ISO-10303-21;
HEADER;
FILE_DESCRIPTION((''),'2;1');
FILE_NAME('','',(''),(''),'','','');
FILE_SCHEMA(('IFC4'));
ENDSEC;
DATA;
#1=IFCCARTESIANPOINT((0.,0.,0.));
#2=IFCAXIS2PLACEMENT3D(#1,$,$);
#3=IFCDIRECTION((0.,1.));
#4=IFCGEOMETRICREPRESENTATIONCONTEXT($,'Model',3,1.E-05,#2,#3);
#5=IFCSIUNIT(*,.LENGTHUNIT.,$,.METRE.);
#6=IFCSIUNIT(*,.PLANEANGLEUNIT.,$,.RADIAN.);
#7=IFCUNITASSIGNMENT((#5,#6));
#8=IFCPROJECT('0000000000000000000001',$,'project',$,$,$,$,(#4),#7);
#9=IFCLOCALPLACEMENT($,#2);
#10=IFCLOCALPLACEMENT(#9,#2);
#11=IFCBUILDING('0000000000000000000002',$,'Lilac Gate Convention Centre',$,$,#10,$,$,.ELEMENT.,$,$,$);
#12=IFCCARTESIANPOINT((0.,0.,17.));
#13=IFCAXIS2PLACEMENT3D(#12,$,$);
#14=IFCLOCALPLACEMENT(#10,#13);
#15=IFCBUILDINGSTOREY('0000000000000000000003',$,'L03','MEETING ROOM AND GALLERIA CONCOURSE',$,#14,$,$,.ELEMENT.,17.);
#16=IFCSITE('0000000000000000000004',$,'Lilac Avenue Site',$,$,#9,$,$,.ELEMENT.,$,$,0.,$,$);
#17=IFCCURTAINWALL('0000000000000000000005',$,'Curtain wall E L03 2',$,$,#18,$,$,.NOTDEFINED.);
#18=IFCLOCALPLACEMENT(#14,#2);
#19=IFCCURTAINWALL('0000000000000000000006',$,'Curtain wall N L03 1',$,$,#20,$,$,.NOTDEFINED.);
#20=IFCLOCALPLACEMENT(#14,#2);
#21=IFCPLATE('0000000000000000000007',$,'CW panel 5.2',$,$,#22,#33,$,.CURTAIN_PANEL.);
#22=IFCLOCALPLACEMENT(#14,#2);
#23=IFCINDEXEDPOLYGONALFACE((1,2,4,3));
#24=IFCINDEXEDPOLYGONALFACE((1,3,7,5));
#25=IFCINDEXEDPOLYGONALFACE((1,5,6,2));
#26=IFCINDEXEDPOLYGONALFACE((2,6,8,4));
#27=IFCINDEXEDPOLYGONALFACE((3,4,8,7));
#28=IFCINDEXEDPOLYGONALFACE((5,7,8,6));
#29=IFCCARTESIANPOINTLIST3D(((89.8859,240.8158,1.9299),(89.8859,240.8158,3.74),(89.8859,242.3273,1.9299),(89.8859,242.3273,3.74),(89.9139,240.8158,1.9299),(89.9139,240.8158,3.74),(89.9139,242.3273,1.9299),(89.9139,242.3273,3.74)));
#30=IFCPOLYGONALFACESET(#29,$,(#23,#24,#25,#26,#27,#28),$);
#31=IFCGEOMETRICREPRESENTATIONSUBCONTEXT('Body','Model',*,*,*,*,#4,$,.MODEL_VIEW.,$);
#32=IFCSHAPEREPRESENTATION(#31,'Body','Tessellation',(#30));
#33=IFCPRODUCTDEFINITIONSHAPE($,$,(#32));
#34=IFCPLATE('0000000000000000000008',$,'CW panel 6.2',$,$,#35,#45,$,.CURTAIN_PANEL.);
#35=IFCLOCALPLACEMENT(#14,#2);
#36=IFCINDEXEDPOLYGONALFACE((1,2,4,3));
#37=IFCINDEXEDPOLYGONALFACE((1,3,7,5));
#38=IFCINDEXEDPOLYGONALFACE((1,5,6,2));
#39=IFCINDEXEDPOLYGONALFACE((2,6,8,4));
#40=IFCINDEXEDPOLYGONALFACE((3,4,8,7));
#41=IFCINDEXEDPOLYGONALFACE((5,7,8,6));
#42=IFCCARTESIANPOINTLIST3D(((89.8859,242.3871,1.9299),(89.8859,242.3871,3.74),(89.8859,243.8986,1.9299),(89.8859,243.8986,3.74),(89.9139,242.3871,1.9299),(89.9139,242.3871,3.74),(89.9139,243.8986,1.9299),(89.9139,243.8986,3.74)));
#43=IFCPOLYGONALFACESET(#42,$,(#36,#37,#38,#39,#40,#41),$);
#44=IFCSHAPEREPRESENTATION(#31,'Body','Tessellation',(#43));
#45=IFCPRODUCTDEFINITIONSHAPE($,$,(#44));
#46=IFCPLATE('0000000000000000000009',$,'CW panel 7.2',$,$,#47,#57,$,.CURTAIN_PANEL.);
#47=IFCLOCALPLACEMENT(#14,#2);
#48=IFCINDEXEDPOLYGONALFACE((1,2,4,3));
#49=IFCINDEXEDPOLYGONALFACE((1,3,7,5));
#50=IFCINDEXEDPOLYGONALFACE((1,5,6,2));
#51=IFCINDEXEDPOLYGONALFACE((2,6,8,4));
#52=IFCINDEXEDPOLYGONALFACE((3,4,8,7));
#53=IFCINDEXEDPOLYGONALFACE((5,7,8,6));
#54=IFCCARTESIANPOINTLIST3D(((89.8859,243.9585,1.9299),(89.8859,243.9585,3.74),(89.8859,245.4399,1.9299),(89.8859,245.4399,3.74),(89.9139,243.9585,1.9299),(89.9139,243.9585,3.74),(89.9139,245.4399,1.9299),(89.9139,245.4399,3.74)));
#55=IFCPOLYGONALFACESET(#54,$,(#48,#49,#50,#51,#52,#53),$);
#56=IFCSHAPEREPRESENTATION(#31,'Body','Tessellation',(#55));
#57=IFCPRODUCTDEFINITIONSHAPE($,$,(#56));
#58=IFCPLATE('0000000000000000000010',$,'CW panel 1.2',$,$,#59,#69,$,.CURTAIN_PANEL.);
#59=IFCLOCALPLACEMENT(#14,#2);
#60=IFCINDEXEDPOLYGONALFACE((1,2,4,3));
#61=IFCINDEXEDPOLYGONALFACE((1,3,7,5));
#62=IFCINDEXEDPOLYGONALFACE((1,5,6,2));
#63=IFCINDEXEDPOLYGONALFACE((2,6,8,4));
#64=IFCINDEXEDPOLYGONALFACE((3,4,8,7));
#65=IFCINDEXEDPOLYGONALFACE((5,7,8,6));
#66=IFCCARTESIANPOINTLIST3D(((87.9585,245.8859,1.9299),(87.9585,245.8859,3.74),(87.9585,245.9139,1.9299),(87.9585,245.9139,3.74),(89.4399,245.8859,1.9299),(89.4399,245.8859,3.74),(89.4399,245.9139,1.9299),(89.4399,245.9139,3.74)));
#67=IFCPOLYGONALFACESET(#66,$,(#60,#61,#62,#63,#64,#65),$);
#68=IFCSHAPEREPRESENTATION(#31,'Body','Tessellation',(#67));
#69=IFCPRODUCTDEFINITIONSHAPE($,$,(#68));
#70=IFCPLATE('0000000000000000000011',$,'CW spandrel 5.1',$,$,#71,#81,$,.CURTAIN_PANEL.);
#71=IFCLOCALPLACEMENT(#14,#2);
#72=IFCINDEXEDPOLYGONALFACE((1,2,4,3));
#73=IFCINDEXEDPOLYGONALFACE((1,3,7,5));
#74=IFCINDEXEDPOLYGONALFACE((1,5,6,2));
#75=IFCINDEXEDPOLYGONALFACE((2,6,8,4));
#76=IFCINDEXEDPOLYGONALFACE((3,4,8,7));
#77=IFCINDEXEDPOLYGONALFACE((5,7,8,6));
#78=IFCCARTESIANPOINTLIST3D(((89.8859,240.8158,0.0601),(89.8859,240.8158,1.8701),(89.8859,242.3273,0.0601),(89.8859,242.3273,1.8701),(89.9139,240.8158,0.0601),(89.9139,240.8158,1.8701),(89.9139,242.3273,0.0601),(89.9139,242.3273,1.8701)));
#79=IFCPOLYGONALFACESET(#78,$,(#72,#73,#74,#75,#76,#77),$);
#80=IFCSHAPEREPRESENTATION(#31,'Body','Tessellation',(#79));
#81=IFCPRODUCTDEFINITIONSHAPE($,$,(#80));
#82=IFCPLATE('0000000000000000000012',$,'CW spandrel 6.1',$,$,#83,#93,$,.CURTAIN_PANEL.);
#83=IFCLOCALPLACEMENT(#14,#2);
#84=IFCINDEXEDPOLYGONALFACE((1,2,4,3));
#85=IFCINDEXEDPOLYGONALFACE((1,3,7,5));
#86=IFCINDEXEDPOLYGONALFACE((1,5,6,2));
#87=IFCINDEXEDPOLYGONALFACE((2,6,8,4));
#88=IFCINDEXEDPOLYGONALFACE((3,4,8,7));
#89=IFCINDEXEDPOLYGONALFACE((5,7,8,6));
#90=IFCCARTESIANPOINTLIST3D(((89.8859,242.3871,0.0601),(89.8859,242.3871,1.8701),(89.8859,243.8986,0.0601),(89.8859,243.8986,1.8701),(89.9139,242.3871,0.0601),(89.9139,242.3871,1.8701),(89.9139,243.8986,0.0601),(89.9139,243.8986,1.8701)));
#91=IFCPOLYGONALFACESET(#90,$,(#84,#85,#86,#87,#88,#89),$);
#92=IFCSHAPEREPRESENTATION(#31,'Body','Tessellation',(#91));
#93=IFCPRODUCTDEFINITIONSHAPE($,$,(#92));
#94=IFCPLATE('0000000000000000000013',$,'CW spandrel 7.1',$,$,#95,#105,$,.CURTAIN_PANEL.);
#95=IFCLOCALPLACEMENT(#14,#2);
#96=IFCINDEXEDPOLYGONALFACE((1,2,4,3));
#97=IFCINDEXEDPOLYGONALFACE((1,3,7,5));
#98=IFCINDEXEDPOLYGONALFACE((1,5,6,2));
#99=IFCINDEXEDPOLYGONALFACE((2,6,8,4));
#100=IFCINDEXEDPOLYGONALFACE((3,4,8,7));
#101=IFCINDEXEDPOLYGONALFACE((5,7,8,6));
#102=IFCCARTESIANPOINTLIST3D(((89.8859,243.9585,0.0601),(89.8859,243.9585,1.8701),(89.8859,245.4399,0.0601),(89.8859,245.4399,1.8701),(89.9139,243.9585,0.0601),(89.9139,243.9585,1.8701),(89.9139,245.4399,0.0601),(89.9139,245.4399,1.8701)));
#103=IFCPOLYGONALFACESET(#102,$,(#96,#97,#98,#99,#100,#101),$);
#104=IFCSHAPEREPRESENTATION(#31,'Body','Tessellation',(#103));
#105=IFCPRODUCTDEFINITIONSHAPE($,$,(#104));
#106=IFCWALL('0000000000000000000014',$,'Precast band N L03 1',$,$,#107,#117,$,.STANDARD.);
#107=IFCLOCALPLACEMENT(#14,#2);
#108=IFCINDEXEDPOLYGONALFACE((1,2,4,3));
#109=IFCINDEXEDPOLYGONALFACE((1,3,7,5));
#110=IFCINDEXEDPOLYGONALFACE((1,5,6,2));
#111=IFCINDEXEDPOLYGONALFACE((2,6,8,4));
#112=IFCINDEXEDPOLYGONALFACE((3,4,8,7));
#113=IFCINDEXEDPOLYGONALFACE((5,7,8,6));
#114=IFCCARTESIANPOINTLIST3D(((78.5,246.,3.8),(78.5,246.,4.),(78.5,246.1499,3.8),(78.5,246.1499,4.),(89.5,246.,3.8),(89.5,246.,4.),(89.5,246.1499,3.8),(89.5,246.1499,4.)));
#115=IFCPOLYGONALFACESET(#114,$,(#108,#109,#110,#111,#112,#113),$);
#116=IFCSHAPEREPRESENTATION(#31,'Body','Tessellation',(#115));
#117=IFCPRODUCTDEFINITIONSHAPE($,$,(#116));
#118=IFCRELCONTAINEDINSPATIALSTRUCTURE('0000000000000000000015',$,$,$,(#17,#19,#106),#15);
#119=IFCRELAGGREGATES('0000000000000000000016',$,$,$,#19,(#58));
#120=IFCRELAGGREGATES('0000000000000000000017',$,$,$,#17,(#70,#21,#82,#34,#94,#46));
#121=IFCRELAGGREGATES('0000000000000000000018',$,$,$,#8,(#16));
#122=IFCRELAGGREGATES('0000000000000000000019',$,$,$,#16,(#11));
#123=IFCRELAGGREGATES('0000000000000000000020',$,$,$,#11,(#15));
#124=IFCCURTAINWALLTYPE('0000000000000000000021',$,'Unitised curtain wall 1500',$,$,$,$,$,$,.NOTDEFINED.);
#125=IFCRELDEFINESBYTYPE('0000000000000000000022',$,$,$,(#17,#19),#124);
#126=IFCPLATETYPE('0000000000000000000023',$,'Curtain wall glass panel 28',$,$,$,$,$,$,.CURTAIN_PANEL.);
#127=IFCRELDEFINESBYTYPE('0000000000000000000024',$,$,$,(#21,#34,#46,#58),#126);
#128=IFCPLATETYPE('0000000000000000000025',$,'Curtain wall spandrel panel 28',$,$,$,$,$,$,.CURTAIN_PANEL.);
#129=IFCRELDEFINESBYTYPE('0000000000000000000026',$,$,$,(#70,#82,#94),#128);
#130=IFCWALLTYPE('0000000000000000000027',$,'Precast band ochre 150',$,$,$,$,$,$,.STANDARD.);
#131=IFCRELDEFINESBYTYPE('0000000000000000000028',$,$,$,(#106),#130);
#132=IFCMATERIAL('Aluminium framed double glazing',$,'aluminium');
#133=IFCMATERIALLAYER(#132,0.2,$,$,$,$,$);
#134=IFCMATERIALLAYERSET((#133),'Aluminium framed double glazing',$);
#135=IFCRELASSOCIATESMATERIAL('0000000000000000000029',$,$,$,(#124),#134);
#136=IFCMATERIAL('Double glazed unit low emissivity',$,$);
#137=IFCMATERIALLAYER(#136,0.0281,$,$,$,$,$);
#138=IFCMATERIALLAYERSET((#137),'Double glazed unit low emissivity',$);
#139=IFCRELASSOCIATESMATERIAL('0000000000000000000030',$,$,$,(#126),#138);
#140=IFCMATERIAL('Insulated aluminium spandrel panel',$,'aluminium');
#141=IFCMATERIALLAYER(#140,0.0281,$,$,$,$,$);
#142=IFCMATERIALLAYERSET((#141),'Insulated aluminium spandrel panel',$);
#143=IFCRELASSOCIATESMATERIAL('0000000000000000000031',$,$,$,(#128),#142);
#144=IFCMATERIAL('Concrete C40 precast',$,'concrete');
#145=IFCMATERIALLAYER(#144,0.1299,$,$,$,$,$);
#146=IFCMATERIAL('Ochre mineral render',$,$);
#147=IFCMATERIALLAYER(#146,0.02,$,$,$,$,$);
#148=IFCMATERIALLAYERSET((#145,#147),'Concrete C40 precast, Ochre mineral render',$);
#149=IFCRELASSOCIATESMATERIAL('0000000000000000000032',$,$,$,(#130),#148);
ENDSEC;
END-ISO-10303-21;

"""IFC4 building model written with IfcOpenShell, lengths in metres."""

from ifc_helpers import new_model, si_unit, direction, frame, frame_2d, origin, origin_2d, place, context, subcontext, project, spatial, rectangle, extrude, material, layer, layer_set, type_object, element, aggregate, save


model = new_model("IFC4")

# Units and contexts
model_context = context("Model", 3, precision=1e-05, world=origin(), true_north=direction((0.0, 1.0)))
body_context = subcontext(model_context, "Body", "Model", "MODEL_VIEW")
ifc_project = project(units=[si_unit("LENGTHUNIT", "METRE"), si_unit("PLANEANGLEUNIT", "RADIAN")], contexts=[model_context])

# Site, building, storey
site_placement = place(None, origin())
site = spatial("IfcSite", under=ifc_project, at=site_placement, Name="Lilac Avenue Site", CompositionType="ELEMENT", RefElevation=0.0)
building_placement = place(site_placement, origin())
building = spatial("IfcBuilding", under=site, at=building_placement, Name="Lilac Gate Convention Centre", CompositionType="ELEMENT")
storey_placement = place(building_placement, frame((0.0, 0.0, 17.0)))
storey = spatial("IfcBuildingStorey", under=building, at=storey_placement, Name="L03", Description="MEETING ROOM AND GALLERIA CONCOURSE", CompositionType="ELEMENT", Elevation=17.0)

# Curtain wall
ifc_material_1 = material(Name="Aluminium framed double glazing", Category="aluminium")
ifc_layer_1 = layer(ifc_material_1, 0.2)
ifc_layer_set_1 = layer_set([ifc_layer_1], Name="Aluminium framed double glazing")
curtain_wall_type = type_object("IfcCurtainWallType", Name="Unitised curtain wall 1500", PredefinedType="NOTDEFINED", material=ifc_layer_set_1)
curtain_wall_1_placement = place(storey_placement, origin())
curtain_wall_1 = element("IfcCurtainWall", 1, at=curtain_wall_1_placement, inside=storey, type_object=curtain_wall_type, Name="Curtain wall E L03 2", PredefinedType="NOTDEFINED")

# Curtain wall
curtain_wall_2_placement = place(storey_placement, origin())
curtain_wall_2 = element("IfcCurtainWall", 2, at=curtain_wall_2_placement, inside=storey, type_object=curtain_wall_type, Name="Curtain wall N L03 1", PredefinedType="NOTDEFINED")

# Plates
ifc_material_2 = material(Name="Double glazed unit low emissivity")
ifc_layer_2 = layer(ifc_material_2, 0.0281)
ifc_layer_set_2 = layer_set([ifc_layer_2], Name="Double glazed unit low emissivity")
plate_type_1 = type_object("IfcPlateType", Name="Curtain wall glass panel 28", PredefinedType="CURTAIN_PANEL", material=ifc_layer_set_2)
plate_1_placement = place(storey_placement, frame((89.8999, 241.5715, 1.9299), z_axis=(0.0, 0.0, 1.0), x_axis=(0.0, 1.0, 0.0)))
plate_1 = element("IfcPlate", 3, at=plate_1_placement, type_object=plate_type_1, Name="CW panel 5.2", PredefinedType="CURTAIN_PANEL", context=body_context, shape_type="SweptSolid", body=[
    extrude(rectangle(XDim=1.5115, YDim=0.0281, at=origin_2d()), origin(), (0.0, 0.0, 1.0), 1.8101),
])
plate_2_placement = place(storey_placement, frame((89.8999, 243.1428, 1.9299), z_axis=(0.0, 0.0, 1.0), x_axis=(0.0, 1.0, 0.0)))
plate_2 = element("IfcPlate", 4, at=plate_2_placement, type_object=plate_type_1, Name="CW panel 6.2", PredefinedType="CURTAIN_PANEL", context=body_context, shape_type="SweptSolid", body=[
    extrude(rectangle(XDim=1.5115, YDim=0.0281, at=origin_2d()), origin(), (0.0, 0.0, 1.0), 1.8101),
])
plate_3_placement = place(storey_placement, frame((89.8999, 244.6992, 1.9299), z_axis=(0.0, 0.0, 1.0), x_axis=(0.0, 1.0, 0.0)))
plate_3 = element("IfcPlate", 5, at=plate_3_placement, type_object=plate_type_1, Name="CW panel 7.2", PredefinedType="CURTAIN_PANEL", context=body_context, shape_type="SweptSolid", body=[
    extrude(rectangle(XDim=1.4814, YDim=0.0281, at=origin_2d()), origin(), (0.0, 0.0, 1.0), 1.8101),
])
plate_4_placement = place(storey_placement, frame((88.6992, 245.8999, 1.9299), z_axis=(0.0, 0.0, 1.0), x_axis=(-1.0, 0.0, 0.0)))
plate_4 = element("IfcPlate", 6, at=plate_4_placement, type_object=plate_type_1, Name="CW panel 1.2", PredefinedType="CURTAIN_PANEL", context=body_context, shape_type="SweptSolid", body=[
    extrude(rectangle(XDim=1.4814, YDim=0.0281, at=origin_2d()), origin(), (0.0, 0.0, 1.0), 1.8101),
])
aggregate(curtain_wall_2, [plate_4])
ifc_material_3 = material(Name="Insulated aluminium spandrel panel", Category="aluminium")
ifc_layer_3 = layer(ifc_material_3, 0.0281)
ifc_layer_set_3 = layer_set([ifc_layer_3], Name="Insulated aluminium spandrel panel")
plate_type_2 = type_object("IfcPlateType", Name="Curtain wall spandrel panel 28", PredefinedType="CURTAIN_PANEL", material=ifc_layer_set_3)
plate_5_placement = place(storey_placement, frame((89.8999, 241.5715, 0.0601), z_axis=(0.0, 0.0, 1.0), x_axis=(0.0, 1.0, 0.0)))
plate_5 = element("IfcPlate", 7, at=plate_5_placement, type_object=plate_type_2, Name="CW spandrel 5.1", PredefinedType="CURTAIN_PANEL", context=body_context, shape_type="SweptSolid", body=[
    extrude(rectangle(XDim=1.5115, YDim=0.0281, at=origin_2d()), origin(), (0.0, 0.0, 1.0), 1.8101),
])
plate_6_placement = place(storey_placement, frame((89.8999, 243.1428, 0.0601), z_axis=(0.0, 0.0, 1.0), x_axis=(0.0, 1.0, 0.0)))
plate_6 = element("IfcPlate", 8, at=plate_6_placement, type_object=plate_type_2, Name="CW spandrel 6.1", PredefinedType="CURTAIN_PANEL", context=body_context, shape_type="SweptSolid", body=[
    extrude(rectangle(XDim=1.5115, YDim=0.0281, at=origin_2d()), origin(), (0.0, 0.0, 1.0), 1.8101),
])
plate_7_placement = place(storey_placement, frame((89.8999, 244.6992, 0.0601), z_axis=(0.0, 0.0, 1.0), x_axis=(0.0, 1.0, 0.0)))
plate_7 = element("IfcPlate", 9, at=plate_7_placement, type_object=plate_type_2, Name="CW spandrel 7.1", PredefinedType="CURTAIN_PANEL", context=body_context, shape_type="SweptSolid", body=[
    extrude(rectangle(XDim=1.4814, YDim=0.0281, at=origin_2d()), origin(), (0.0, 0.0, 1.0), 1.8101),
])
aggregate(curtain_wall_1, [plate_5, plate_1, plate_6, plate_2, plate_7, plate_3])

# Wall
ifc_material_4 = material(Name="Concrete C40 precast", Category="concrete")
ifc_layer_4 = layer(ifc_material_4, 0.1299)
ifc_material_5 = material(Name="Ochre mineral render")
ifc_layer_5 = layer(ifc_material_5, 0.02)
ifc_layer_set_4 = layer_set([ifc_layer_4, ifc_layer_5], Name="Concrete C40 precast, Ochre mineral render")
wall_type = type_object("IfcWallType", Name="Precast band ochre 150", PredefinedType="STANDARD", material=ifc_layer_set_4)
wall_placement = place(storey_placement, frame((89.5, 246.075, 3.8), z_axis=(0.0, 0.0, 1.0), x_axis=(-1.0, 0.0, 0.0)))
element("IfcWall", 10, at=wall_placement, inside=storey, type_object=wall_type, Name="Precast band N L03 1", PredefinedType="STANDARD", context=body_context, shape_type="SweptSolid", body=[
    extrude(rectangle(XDim=11.0, YDim=0.1499, at=frame_2d((5.5, 0.0))), origin(), (0.0, 0.0, 1.0), 0.2),
])

save(model, "model.ifc")
